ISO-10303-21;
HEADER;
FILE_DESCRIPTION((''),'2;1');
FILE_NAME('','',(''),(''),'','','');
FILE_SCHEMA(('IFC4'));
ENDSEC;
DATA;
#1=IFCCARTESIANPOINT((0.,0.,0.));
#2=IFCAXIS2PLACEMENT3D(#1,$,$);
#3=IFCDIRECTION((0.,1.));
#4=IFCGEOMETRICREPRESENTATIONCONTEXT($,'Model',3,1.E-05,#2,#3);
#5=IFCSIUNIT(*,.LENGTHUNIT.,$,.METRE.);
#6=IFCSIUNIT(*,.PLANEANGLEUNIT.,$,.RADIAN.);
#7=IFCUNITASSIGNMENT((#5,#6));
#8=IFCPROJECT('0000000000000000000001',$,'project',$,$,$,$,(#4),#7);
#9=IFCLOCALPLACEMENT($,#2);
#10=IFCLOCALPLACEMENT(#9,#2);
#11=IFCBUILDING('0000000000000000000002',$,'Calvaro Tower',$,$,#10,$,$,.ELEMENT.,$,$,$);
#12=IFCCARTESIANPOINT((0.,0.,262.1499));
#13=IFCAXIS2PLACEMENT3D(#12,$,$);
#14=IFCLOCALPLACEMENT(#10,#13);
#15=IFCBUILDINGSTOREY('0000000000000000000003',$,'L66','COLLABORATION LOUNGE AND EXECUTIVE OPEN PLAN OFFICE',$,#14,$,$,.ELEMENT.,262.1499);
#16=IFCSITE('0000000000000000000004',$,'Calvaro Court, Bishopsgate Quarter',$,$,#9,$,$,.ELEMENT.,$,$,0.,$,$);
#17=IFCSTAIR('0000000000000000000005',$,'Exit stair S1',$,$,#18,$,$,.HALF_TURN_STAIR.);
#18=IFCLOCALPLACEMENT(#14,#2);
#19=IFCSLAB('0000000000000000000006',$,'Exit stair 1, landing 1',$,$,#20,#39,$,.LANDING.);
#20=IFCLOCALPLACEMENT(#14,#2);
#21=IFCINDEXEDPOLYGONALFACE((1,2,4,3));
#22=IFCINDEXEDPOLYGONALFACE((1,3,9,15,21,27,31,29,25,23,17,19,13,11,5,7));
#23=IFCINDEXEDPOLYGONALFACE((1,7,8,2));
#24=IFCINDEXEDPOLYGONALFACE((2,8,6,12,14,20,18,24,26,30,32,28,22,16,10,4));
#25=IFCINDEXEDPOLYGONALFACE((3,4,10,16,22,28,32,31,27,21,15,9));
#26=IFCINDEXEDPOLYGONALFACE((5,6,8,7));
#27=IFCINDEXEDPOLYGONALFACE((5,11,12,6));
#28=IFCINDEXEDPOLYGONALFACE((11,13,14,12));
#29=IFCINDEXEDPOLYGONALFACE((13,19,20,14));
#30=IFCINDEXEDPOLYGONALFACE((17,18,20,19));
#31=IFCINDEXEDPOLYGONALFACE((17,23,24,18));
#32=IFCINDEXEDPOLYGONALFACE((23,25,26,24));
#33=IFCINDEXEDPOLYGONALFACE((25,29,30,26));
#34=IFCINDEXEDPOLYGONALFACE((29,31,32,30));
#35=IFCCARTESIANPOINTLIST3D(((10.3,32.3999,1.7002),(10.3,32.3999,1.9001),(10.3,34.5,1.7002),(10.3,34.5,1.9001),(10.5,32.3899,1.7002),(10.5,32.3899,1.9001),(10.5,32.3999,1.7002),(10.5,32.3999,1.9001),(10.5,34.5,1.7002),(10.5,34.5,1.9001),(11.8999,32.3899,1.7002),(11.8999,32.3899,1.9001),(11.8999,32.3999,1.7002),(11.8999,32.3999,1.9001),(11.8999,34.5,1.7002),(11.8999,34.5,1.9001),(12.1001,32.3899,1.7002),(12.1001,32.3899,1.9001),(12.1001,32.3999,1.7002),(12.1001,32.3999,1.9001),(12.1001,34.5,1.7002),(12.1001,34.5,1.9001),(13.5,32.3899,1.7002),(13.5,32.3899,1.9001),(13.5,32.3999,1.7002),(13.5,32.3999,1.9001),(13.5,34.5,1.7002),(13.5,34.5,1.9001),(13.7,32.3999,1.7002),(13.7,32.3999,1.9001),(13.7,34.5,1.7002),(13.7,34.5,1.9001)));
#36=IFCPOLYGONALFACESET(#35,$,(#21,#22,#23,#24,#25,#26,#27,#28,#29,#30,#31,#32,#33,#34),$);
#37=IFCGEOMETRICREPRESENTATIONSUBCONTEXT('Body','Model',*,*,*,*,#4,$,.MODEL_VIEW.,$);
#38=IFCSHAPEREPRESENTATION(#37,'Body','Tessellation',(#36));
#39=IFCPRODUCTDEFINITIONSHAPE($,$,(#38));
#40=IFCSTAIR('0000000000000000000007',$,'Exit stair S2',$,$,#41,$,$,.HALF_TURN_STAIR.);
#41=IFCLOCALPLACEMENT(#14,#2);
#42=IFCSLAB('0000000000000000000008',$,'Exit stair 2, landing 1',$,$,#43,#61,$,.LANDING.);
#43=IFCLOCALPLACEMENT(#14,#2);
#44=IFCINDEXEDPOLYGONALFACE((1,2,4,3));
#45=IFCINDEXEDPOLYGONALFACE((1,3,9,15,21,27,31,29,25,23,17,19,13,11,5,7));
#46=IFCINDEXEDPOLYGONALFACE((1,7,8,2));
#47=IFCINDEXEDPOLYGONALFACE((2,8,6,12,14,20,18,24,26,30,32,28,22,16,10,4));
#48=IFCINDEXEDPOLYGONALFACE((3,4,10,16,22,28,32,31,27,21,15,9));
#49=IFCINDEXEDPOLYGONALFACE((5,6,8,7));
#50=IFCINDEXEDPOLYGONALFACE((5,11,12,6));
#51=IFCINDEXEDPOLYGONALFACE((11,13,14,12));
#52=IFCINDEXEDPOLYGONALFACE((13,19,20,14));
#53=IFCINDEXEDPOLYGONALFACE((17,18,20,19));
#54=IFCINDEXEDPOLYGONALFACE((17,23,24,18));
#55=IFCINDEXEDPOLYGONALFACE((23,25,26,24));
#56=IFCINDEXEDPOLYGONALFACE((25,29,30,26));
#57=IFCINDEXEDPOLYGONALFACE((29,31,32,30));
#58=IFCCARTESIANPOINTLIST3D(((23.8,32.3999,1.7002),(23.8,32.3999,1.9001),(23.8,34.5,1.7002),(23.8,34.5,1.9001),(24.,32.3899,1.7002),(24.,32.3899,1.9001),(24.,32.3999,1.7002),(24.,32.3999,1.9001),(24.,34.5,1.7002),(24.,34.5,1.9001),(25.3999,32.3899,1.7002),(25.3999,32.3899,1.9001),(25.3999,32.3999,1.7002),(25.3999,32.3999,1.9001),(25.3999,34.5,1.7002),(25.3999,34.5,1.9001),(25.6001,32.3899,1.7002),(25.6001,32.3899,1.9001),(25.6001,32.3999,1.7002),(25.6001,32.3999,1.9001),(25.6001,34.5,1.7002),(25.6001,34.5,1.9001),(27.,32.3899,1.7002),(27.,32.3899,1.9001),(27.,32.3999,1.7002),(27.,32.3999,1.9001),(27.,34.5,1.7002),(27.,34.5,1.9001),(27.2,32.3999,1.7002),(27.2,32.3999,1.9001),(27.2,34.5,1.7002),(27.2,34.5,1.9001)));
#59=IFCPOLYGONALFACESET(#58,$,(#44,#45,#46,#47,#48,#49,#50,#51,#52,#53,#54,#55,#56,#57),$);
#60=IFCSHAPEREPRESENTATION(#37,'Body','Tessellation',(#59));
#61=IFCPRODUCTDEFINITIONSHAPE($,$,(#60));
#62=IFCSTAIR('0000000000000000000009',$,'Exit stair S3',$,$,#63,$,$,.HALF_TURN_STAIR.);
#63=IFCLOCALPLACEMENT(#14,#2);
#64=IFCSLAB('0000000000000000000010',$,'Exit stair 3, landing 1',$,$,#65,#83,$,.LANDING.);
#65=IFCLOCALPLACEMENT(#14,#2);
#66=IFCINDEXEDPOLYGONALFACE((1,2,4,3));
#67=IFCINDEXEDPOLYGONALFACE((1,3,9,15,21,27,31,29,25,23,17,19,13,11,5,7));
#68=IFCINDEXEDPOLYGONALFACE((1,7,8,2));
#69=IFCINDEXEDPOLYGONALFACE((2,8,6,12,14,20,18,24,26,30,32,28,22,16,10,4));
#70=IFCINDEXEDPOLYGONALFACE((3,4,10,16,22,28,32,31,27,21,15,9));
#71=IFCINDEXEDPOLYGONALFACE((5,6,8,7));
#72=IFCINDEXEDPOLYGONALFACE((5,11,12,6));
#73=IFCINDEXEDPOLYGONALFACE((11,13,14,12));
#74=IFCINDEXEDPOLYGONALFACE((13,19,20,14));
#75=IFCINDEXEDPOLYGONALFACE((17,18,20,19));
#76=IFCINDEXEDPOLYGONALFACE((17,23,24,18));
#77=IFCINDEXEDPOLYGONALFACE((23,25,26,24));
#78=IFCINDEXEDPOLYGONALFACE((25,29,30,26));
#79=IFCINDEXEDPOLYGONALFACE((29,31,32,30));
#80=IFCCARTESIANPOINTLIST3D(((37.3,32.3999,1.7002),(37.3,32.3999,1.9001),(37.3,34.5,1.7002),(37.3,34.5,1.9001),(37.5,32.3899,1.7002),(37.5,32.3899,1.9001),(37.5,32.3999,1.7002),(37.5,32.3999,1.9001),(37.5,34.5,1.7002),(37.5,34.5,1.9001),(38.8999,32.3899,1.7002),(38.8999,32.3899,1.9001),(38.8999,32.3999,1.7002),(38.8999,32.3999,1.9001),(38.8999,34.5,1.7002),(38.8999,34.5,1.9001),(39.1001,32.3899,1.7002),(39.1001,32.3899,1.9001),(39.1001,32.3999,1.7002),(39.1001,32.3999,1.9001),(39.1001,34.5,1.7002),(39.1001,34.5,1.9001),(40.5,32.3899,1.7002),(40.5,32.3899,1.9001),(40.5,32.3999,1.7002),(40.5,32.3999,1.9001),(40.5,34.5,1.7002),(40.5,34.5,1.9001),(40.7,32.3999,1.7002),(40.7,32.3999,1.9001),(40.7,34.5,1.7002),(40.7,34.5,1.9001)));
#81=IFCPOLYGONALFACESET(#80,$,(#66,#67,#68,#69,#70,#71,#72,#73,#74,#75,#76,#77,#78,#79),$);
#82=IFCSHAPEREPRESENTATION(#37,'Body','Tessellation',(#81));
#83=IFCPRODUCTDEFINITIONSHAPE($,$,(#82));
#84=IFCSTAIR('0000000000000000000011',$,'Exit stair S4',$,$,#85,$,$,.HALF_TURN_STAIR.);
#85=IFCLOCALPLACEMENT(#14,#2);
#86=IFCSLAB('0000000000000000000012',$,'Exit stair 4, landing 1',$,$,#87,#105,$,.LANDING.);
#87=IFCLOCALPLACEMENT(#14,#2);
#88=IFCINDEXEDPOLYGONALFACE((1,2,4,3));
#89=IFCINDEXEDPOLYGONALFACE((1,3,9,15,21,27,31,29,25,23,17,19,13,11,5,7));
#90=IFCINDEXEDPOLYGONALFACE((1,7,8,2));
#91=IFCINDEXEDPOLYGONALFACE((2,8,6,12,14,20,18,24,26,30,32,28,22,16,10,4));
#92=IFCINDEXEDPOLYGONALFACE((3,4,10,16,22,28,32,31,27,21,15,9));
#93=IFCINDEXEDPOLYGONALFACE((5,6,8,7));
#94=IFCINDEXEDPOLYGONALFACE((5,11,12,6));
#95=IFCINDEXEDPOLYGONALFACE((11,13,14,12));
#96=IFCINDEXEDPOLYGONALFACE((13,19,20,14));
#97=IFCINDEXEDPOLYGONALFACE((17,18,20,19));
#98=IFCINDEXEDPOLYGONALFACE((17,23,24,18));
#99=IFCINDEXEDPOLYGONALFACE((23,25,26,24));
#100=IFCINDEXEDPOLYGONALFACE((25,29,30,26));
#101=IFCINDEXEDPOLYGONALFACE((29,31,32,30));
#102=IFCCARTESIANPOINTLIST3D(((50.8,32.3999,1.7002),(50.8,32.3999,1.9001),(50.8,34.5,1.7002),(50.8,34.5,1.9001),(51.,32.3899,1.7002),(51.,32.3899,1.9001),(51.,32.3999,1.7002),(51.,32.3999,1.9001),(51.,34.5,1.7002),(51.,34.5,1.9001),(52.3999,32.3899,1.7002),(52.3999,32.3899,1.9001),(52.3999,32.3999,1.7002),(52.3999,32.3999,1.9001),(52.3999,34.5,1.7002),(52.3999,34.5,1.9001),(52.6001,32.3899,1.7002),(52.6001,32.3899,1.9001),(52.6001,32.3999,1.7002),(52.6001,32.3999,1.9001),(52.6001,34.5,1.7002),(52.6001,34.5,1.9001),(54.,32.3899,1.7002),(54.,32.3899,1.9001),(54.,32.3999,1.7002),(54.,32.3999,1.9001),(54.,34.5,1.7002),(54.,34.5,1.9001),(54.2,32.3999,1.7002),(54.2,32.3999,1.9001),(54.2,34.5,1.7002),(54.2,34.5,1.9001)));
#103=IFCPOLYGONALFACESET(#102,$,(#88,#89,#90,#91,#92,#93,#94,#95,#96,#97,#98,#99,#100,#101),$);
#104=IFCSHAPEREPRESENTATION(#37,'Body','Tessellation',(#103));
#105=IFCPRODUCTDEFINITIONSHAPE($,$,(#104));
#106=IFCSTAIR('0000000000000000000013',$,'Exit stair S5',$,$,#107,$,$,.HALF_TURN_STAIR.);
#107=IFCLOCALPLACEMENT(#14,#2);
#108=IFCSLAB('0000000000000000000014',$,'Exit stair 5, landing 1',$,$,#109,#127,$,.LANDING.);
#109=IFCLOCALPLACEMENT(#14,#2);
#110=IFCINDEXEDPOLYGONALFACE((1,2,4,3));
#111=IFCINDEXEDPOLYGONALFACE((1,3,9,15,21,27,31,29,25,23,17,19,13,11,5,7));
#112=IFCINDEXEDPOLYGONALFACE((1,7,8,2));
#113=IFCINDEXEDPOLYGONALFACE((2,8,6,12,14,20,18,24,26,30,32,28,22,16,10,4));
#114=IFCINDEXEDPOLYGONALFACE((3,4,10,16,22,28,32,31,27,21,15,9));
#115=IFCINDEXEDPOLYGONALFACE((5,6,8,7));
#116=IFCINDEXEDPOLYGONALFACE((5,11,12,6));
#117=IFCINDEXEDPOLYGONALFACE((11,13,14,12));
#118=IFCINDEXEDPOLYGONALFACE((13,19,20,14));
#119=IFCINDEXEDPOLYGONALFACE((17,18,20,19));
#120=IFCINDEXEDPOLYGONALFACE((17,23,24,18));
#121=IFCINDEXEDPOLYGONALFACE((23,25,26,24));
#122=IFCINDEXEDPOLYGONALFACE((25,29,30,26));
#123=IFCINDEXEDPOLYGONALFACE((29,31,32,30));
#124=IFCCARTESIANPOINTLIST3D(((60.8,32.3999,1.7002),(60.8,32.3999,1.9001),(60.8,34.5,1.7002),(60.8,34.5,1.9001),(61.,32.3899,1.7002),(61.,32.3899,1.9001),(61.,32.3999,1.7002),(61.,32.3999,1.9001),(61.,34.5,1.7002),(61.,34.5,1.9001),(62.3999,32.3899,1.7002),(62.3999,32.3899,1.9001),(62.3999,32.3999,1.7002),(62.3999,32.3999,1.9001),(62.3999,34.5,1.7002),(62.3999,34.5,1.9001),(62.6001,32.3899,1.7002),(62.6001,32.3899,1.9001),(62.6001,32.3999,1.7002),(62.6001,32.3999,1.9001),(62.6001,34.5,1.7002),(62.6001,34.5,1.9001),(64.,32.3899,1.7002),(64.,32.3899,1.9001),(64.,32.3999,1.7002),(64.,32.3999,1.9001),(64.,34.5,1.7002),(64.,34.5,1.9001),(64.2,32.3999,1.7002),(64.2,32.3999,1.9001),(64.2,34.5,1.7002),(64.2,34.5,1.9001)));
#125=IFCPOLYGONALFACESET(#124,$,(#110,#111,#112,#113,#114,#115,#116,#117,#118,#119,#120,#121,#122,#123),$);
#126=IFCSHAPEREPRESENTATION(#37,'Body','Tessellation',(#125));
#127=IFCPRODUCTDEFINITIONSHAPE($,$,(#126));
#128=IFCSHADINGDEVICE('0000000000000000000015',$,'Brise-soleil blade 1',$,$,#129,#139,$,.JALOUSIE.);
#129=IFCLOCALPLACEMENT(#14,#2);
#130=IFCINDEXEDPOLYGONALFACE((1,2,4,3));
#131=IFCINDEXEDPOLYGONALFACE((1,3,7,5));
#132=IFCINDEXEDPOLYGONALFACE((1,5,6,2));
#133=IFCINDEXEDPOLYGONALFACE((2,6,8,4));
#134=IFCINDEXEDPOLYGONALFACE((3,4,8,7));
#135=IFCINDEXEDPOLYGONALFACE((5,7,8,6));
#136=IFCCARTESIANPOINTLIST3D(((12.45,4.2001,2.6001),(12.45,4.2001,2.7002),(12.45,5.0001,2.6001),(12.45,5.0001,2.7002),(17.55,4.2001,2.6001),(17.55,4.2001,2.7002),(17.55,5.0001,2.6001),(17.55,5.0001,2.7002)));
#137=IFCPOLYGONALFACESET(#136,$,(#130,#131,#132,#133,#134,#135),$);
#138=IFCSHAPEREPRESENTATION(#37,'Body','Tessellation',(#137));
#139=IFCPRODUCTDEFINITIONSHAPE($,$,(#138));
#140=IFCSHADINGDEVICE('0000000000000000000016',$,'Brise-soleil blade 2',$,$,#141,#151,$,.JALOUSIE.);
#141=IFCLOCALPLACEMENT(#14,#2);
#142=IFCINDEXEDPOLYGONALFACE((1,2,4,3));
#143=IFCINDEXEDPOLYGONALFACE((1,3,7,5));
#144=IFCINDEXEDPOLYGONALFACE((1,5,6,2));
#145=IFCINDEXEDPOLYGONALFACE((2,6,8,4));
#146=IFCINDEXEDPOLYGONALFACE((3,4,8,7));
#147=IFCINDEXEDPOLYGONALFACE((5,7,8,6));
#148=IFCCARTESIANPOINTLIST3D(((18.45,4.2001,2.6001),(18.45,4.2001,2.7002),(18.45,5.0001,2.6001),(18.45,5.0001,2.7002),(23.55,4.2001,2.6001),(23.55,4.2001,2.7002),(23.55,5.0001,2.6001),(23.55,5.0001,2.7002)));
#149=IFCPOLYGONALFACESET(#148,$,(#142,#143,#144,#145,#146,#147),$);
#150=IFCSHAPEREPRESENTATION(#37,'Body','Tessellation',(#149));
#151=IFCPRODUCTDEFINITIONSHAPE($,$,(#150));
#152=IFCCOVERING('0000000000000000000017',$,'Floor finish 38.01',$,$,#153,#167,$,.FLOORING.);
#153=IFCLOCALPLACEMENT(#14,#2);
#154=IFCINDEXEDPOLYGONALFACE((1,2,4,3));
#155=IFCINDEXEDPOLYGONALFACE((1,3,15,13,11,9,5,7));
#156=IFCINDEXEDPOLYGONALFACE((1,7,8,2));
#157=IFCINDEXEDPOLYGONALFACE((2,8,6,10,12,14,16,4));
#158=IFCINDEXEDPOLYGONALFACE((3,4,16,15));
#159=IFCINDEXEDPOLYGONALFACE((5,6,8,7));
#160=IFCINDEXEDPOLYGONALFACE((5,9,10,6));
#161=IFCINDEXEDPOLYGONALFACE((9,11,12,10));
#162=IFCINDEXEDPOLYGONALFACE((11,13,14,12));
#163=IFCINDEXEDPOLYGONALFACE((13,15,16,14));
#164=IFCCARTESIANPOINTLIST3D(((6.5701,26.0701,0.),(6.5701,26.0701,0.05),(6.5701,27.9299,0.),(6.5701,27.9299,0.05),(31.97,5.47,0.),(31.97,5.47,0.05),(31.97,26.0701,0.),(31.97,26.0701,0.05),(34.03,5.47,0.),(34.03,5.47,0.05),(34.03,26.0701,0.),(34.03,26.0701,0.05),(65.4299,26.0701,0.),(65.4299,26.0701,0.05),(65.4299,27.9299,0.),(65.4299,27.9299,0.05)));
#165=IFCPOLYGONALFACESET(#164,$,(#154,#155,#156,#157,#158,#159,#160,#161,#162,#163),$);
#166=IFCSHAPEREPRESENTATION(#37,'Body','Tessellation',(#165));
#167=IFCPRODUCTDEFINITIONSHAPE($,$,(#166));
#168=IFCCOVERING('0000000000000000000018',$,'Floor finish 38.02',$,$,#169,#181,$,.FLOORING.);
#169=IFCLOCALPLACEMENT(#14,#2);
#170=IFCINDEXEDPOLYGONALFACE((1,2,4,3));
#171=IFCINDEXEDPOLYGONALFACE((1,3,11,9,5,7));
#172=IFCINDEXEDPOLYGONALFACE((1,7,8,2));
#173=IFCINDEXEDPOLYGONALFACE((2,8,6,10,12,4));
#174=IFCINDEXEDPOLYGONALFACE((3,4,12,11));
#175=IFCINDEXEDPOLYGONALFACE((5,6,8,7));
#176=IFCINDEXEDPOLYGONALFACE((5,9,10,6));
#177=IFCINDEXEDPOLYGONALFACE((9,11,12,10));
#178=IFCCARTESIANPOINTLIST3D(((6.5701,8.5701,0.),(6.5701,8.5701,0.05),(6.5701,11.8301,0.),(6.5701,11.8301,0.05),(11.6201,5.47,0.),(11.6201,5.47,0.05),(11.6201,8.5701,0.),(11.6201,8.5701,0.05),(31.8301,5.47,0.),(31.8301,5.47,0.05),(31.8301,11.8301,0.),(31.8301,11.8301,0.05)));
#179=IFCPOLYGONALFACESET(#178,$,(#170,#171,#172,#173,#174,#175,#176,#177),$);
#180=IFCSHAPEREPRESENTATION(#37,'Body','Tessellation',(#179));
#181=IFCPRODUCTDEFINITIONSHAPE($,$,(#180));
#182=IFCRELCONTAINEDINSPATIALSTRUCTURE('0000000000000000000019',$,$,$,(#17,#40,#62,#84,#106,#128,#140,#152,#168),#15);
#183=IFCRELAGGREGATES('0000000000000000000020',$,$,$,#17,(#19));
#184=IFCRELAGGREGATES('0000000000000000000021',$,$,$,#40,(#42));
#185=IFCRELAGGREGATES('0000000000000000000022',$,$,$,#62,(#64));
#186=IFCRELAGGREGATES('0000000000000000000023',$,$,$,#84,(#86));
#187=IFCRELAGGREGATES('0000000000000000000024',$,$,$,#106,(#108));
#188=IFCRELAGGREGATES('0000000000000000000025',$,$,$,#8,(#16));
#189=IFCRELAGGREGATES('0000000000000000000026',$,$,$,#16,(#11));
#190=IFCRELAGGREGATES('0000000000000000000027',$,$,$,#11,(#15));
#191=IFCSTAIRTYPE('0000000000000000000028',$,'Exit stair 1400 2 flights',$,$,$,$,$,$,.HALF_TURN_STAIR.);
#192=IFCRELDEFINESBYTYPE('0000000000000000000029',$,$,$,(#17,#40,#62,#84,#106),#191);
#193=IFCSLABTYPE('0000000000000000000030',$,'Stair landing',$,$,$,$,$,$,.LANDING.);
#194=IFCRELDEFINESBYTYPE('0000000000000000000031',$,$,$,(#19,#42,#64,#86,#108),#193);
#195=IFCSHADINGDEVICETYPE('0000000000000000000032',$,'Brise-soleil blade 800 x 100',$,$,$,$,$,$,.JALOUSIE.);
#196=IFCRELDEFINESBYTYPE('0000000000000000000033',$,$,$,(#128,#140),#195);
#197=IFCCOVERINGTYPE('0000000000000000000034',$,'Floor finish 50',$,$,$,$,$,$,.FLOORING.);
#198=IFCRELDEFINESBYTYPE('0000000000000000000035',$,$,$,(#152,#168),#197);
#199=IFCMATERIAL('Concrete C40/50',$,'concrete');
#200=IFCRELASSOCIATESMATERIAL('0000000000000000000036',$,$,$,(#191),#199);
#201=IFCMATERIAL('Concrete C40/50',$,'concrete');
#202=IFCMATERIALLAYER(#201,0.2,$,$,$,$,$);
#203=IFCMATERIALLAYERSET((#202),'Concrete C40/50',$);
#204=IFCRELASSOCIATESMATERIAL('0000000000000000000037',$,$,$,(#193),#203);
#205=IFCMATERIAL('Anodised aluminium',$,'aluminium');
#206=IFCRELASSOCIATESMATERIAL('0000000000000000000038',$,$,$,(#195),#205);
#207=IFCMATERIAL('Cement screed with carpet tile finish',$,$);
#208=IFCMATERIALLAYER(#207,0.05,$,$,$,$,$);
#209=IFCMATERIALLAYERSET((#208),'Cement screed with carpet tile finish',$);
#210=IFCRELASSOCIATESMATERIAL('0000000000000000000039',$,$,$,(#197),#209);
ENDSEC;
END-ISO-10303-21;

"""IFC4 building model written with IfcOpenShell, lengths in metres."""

from ifc_helpers import new_model, si_unit, direction, frame, origin, origin_2d, place, context, subcontext, project, spatial, polyline, rectangle, outline, extrude, material, layer, layer_set, material_profile, profile_set, type_object, element, aggregate, save


model = new_model("IFC4")

# Units and contexts
model_context = context("Model", 3, precision=1e-05, world=origin(), true_north=direction((0.0, 1.0)))
body_context = subcontext(model_context, "Body", "Model", "MODEL_VIEW")
ifc_project = project(units=[si_unit("LENGTHUNIT", "METRE"), si_unit("PLANEANGLEUNIT", "RADIAN")], contexts=[model_context])

# Site, building, storey
site_placement = place(None, origin())
site = spatial("IfcSite", under=ifc_project, at=site_placement, Name="Calvaro Court, Bishopsgate Quarter", CompositionType="ELEMENT", RefElevation=0.0)
building_placement = place(site_placement, origin())
building = spatial("IfcBuilding", under=site, at=building_placement, Name="Calvaro Tower", CompositionType="ELEMENT")
storey_placement = place(building_placement, frame((0.0, 0.0, 262.1499)))
storey = spatial("IfcBuildingStorey", under=building, at=storey_placement, Name="L66", Description="COLLABORATION LOUNGE AND EXECUTIVE OPEN PLAN OFFICE", CompositionType="ELEMENT", Elevation=262.1499)

# Stairs, slabs
ifc_material_1 = material(Name="Concrete C40/50", Category="concrete")
stair_type = type_object("IfcStairType", Name="Exit stair 1400 2 flights", PredefinedType="HALF_TURN_STAIR", material=ifc_material_1)
stair_1_placement = place(storey_placement, origin())
stair_1 = element("IfcStair", 1, at=stair_1_placement, inside=storey, type_object=stair_type, Name="Exit stair S1", PredefinedType="HALF_TURN_STAIR")
ifc_material_2 = material(Name="Concrete C40/50", Category="concrete")
ifc_layer_1 = layer(ifc_material_2, 0.2)
ifc_layer_set_1 = layer_set([ifc_layer_1], Name="Concrete C40/50")
slab_type_1 = type_object("IfcSlabType", Name="Stair landing", PredefinedType="LANDING", material=ifc_layer_set_1)
slab_1_placement = place(storey_placement, frame((0.0, 0.0, 1.7002)))
slab_1 = element("IfcSlab", 2, at=slab_1_placement, type_object=slab_type_1, Name="Exit stair 1, landing 1", PredefinedType="LANDING", context=body_context, shape_type="SweptSolid", body=[
    extrude(outline(polyline([(11.8999, 32.3899), (10.5, 32.3899), (10.5, 32.3999), (10.3, 32.3999), (10.3, 34.5), (10.5, 34.5), (11.8999, 34.5), (12.1001, 34.5), (13.5, 34.5), (13.7, 34.5), (13.7, 32.3999), (13.5, 32.3999), (13.5, 32.3899), (12.1001, 32.3899), (12.1001, 32.3999), (11.8999, 32.3999), (11.8999, 32.3899)])), origin(), (0.0, 0.0, 1.0), 0.2),
])
aggregate(stair_1, [slab_1])
stair_2_placement = place(storey_placement, origin())
stair_2 = element("IfcStair", 3, at=stair_2_placement, inside=storey, type_object=stair_type, Name="Exit stair S2", PredefinedType="HALF_TURN_STAIR")
slab_2_placement = place(storey_placement, frame((0.0, 0.0, 1.7002)))
slab_2 = element("IfcSlab", 4, at=slab_2_placement, type_object=slab_type_1, Name="Exit stair 2, landing 1", PredefinedType="LANDING", context=body_context, shape_type="SweptSolid", body=[
    extrude(outline(polyline([(25.3999, 32.3899), (24.0, 32.3899), (24.0, 32.3999), (23.8, 32.3999), (23.8, 34.5), (24.0, 34.5), (25.3999, 34.5), (25.6001, 34.5), (27.0, 34.5), (27.2, 34.5), (27.2, 32.3999), (27.0, 32.3999), (27.0, 32.3899), (25.6001, 32.3899), (25.6001, 32.3999), (25.3999, 32.3999), (25.3999, 32.3899)])), origin(), (0.0, 0.0, 1.0), 0.2),
])
aggregate(stair_2, [slab_2])
stair_3_placement = place(storey_placement, origin())
stair_3 = element("IfcStair", 5, at=stair_3_placement, inside=storey, type_object=stair_type, Name="Exit stair S3", PredefinedType="HALF_TURN_STAIR")
slab_3_placement = place(storey_placement, frame((0.0, 0.0, 1.7002)))
slab_3 = element("IfcSlab", 6, at=slab_3_placement, type_object=slab_type_1, Name="Exit stair 3, landing 1", PredefinedType="LANDING", context=body_context, shape_type="SweptSolid", body=[
    extrude(outline(polyline([(38.8999, 32.3899), (37.5, 32.3899), (37.5, 32.3999), (37.3, 32.3999), (37.3, 34.5), (37.5, 34.5), (38.8999, 34.5), (39.1001, 34.5), (40.5, 34.5), (40.7, 34.5), (40.7, 32.3999), (40.5, 32.3999), (40.5, 32.3899), (39.1001, 32.3899), (39.1001, 32.3999), (38.8999, 32.3999), (38.8999, 32.3899)])), origin(), (0.0, 0.0, 1.0), 0.2),
])
aggregate(stair_3, [slab_3])
stair_4_placement = place(storey_placement, origin())
stair_4 = element("IfcStair", 7, at=stair_4_placement, inside=storey, type_object=stair_type, Name="Exit stair S4", PredefinedType="HALF_TURN_STAIR")
slab_4_placement = place(storey_placement, frame((0.0, 0.0, 1.7002)))
slab_4 = element("IfcSlab", 8, at=slab_4_placement, type_object=slab_type_1, Name="Exit stair 4, landing 1", PredefinedType="LANDING", context=body_context, shape_type="SweptSolid", body=[
    extrude(outline(polyline([(52.3999, 32.3899), (51.0, 32.3899), (51.0, 32.3999), (50.8, 32.3999), (50.8, 34.5), (51.0, 34.5), (52.3999, 34.5), (52.6001, 34.5), (54.0, 34.5), (54.2, 34.5), (54.2, 32.3999), (54.0, 32.3999), (54.0, 32.3899), (52.6001, 32.3899), (52.6001, 32.3999), (52.3999, 32.3999), (52.3999, 32.3899)])), origin(), (0.0, 0.0, 1.0), 0.2),
])
aggregate(stair_4, [slab_4])
stair_5_placement = place(storey_placement, origin())
stair_5 = element("IfcStair", 9, at=stair_5_placement, inside=storey, type_object=stair_type, Name="Exit stair S5", PredefinedType="HALF_TURN_STAIR")
slab_5_placement = place(storey_placement, frame((0.0, 0.0, 1.7002)))
slab_5 = element("IfcSlab", 10, at=slab_5_placement, type_object=slab_type_1, Name="Exit stair 5, landing 1", PredefinedType="LANDING", context=body_context, shape_type="SweptSolid", body=[
    extrude(outline(polyline([(62.3999, 32.3899), (61.0, 32.3899), (61.0, 32.3999), (60.8, 32.3999), (60.8, 34.5), (61.0, 34.5), (62.3999, 34.5), (62.6001, 34.5), (64.0, 34.5), (64.2, 34.5), (64.2, 32.3999), (64.0, 32.3999), (64.0, 32.3899), (62.6001, 32.3899), (62.6001, 32.3999), (62.3999, 32.3999), (62.3999, 32.3899)])), origin(), (0.0, 0.0, 1.0), 0.2),
])
aggregate(stair_5, [slab_5])

# Shading devices
ifc_material_3 = material(Name="Anodised aluminium", Category="aluminium")
ifc_material_profile_1 = material_profile(ifc_material_3, rectangle(XDim=0.8, YDim=0.1001, at=origin_2d()), Name="Brise-soleil blade 800 x 100")
ifc_profile_set_1 = profile_set([ifc_material_profile_1], Name="Anodised aluminium")
shading_device_type_1 = type_object("IfcShadingDeviceType", Name="Brise-soleil blade 800 x 100", PredefinedType="JALOUSIE", material=ifc_profile_set_1)
for number, where, z_axis, x_axis, name in (
    (11, (12.45, 4.6001, 2.6501), (1.0, 0.0, 0.0), (0.0, 1.0, 0.0), "Brise-soleil blade 1"),
    (12, (18.45, 4.6001, 2.6501), (1.0, 0.0, 0.0), (0.0, 1.0, 0.0), "Brise-soleil blade 2"),
):
    element("IfcShadingDevice", number, at=place(storey_placement, frame(where, z_axis=z_axis, x_axis=x_axis)), inside=storey, type_object=shading_device_type_1, Name=name, PredefinedType="JALOUSIE", context=body_context, shape_type="SweptSolid", body=[
        extrude(rectangle(XDim=0.8, YDim=0.1001, at=origin_2d()), origin(), (0.0, 0.0, 1.0), 5.1001),
    ])

# Coverings
ifc_material_4 = material(Name="Cement screed with carpet tile finish")
ifc_layer_2 = layer(ifc_material_4, 0.05)
ifc_layer_set_2 = layer_set([ifc_layer_2], Name="Cement screed with carpet tile finish")
covering_type = type_object("IfcCoveringType", Name="Floor finish 50", PredefinedType="FLOORING", material=ifc_layer_set_2)
covering_1_placement = place(storey_placement, origin())
element("IfcCovering", 13, at=covering_1_placement, inside=storey, type_object=covering_type, Name="Floor finish 38.01", PredefinedType="FLOORING", context=body_context, shape_type="SweptSolid", body=[
    extrude(outline(polyline([(31.97, 5.47), (31.97, 26.0701), (6.5701, 26.0701), (6.5701, 27.9299), (65.4299, 27.9299), (65.4299, 26.0701), (34.03, 26.0701), (34.03, 5.47), (31.97, 5.47)])), origin(), (0.0, 0.0, 1.0), 0.05),
])
covering_2_placement = place(storey_placement, origin())
element("IfcCovering", 14, at=covering_2_placement, inside=storey, type_object=covering_type, Name="Floor finish 38.02", PredefinedType="FLOORING", context=body_context, shape_type="SweptSolid", body=[
    extrude(outline(polyline([(31.8301, 11.8301), (31.8301, 5.47), (11.6201, 5.47), (11.6201, 8.5701), (6.5701, 8.5701), (6.5701, 11.8301), (31.8301, 11.8301)])), origin(), (0.0, 0.0, 1.0), 0.05),
])

save(model, "model.ifc")
